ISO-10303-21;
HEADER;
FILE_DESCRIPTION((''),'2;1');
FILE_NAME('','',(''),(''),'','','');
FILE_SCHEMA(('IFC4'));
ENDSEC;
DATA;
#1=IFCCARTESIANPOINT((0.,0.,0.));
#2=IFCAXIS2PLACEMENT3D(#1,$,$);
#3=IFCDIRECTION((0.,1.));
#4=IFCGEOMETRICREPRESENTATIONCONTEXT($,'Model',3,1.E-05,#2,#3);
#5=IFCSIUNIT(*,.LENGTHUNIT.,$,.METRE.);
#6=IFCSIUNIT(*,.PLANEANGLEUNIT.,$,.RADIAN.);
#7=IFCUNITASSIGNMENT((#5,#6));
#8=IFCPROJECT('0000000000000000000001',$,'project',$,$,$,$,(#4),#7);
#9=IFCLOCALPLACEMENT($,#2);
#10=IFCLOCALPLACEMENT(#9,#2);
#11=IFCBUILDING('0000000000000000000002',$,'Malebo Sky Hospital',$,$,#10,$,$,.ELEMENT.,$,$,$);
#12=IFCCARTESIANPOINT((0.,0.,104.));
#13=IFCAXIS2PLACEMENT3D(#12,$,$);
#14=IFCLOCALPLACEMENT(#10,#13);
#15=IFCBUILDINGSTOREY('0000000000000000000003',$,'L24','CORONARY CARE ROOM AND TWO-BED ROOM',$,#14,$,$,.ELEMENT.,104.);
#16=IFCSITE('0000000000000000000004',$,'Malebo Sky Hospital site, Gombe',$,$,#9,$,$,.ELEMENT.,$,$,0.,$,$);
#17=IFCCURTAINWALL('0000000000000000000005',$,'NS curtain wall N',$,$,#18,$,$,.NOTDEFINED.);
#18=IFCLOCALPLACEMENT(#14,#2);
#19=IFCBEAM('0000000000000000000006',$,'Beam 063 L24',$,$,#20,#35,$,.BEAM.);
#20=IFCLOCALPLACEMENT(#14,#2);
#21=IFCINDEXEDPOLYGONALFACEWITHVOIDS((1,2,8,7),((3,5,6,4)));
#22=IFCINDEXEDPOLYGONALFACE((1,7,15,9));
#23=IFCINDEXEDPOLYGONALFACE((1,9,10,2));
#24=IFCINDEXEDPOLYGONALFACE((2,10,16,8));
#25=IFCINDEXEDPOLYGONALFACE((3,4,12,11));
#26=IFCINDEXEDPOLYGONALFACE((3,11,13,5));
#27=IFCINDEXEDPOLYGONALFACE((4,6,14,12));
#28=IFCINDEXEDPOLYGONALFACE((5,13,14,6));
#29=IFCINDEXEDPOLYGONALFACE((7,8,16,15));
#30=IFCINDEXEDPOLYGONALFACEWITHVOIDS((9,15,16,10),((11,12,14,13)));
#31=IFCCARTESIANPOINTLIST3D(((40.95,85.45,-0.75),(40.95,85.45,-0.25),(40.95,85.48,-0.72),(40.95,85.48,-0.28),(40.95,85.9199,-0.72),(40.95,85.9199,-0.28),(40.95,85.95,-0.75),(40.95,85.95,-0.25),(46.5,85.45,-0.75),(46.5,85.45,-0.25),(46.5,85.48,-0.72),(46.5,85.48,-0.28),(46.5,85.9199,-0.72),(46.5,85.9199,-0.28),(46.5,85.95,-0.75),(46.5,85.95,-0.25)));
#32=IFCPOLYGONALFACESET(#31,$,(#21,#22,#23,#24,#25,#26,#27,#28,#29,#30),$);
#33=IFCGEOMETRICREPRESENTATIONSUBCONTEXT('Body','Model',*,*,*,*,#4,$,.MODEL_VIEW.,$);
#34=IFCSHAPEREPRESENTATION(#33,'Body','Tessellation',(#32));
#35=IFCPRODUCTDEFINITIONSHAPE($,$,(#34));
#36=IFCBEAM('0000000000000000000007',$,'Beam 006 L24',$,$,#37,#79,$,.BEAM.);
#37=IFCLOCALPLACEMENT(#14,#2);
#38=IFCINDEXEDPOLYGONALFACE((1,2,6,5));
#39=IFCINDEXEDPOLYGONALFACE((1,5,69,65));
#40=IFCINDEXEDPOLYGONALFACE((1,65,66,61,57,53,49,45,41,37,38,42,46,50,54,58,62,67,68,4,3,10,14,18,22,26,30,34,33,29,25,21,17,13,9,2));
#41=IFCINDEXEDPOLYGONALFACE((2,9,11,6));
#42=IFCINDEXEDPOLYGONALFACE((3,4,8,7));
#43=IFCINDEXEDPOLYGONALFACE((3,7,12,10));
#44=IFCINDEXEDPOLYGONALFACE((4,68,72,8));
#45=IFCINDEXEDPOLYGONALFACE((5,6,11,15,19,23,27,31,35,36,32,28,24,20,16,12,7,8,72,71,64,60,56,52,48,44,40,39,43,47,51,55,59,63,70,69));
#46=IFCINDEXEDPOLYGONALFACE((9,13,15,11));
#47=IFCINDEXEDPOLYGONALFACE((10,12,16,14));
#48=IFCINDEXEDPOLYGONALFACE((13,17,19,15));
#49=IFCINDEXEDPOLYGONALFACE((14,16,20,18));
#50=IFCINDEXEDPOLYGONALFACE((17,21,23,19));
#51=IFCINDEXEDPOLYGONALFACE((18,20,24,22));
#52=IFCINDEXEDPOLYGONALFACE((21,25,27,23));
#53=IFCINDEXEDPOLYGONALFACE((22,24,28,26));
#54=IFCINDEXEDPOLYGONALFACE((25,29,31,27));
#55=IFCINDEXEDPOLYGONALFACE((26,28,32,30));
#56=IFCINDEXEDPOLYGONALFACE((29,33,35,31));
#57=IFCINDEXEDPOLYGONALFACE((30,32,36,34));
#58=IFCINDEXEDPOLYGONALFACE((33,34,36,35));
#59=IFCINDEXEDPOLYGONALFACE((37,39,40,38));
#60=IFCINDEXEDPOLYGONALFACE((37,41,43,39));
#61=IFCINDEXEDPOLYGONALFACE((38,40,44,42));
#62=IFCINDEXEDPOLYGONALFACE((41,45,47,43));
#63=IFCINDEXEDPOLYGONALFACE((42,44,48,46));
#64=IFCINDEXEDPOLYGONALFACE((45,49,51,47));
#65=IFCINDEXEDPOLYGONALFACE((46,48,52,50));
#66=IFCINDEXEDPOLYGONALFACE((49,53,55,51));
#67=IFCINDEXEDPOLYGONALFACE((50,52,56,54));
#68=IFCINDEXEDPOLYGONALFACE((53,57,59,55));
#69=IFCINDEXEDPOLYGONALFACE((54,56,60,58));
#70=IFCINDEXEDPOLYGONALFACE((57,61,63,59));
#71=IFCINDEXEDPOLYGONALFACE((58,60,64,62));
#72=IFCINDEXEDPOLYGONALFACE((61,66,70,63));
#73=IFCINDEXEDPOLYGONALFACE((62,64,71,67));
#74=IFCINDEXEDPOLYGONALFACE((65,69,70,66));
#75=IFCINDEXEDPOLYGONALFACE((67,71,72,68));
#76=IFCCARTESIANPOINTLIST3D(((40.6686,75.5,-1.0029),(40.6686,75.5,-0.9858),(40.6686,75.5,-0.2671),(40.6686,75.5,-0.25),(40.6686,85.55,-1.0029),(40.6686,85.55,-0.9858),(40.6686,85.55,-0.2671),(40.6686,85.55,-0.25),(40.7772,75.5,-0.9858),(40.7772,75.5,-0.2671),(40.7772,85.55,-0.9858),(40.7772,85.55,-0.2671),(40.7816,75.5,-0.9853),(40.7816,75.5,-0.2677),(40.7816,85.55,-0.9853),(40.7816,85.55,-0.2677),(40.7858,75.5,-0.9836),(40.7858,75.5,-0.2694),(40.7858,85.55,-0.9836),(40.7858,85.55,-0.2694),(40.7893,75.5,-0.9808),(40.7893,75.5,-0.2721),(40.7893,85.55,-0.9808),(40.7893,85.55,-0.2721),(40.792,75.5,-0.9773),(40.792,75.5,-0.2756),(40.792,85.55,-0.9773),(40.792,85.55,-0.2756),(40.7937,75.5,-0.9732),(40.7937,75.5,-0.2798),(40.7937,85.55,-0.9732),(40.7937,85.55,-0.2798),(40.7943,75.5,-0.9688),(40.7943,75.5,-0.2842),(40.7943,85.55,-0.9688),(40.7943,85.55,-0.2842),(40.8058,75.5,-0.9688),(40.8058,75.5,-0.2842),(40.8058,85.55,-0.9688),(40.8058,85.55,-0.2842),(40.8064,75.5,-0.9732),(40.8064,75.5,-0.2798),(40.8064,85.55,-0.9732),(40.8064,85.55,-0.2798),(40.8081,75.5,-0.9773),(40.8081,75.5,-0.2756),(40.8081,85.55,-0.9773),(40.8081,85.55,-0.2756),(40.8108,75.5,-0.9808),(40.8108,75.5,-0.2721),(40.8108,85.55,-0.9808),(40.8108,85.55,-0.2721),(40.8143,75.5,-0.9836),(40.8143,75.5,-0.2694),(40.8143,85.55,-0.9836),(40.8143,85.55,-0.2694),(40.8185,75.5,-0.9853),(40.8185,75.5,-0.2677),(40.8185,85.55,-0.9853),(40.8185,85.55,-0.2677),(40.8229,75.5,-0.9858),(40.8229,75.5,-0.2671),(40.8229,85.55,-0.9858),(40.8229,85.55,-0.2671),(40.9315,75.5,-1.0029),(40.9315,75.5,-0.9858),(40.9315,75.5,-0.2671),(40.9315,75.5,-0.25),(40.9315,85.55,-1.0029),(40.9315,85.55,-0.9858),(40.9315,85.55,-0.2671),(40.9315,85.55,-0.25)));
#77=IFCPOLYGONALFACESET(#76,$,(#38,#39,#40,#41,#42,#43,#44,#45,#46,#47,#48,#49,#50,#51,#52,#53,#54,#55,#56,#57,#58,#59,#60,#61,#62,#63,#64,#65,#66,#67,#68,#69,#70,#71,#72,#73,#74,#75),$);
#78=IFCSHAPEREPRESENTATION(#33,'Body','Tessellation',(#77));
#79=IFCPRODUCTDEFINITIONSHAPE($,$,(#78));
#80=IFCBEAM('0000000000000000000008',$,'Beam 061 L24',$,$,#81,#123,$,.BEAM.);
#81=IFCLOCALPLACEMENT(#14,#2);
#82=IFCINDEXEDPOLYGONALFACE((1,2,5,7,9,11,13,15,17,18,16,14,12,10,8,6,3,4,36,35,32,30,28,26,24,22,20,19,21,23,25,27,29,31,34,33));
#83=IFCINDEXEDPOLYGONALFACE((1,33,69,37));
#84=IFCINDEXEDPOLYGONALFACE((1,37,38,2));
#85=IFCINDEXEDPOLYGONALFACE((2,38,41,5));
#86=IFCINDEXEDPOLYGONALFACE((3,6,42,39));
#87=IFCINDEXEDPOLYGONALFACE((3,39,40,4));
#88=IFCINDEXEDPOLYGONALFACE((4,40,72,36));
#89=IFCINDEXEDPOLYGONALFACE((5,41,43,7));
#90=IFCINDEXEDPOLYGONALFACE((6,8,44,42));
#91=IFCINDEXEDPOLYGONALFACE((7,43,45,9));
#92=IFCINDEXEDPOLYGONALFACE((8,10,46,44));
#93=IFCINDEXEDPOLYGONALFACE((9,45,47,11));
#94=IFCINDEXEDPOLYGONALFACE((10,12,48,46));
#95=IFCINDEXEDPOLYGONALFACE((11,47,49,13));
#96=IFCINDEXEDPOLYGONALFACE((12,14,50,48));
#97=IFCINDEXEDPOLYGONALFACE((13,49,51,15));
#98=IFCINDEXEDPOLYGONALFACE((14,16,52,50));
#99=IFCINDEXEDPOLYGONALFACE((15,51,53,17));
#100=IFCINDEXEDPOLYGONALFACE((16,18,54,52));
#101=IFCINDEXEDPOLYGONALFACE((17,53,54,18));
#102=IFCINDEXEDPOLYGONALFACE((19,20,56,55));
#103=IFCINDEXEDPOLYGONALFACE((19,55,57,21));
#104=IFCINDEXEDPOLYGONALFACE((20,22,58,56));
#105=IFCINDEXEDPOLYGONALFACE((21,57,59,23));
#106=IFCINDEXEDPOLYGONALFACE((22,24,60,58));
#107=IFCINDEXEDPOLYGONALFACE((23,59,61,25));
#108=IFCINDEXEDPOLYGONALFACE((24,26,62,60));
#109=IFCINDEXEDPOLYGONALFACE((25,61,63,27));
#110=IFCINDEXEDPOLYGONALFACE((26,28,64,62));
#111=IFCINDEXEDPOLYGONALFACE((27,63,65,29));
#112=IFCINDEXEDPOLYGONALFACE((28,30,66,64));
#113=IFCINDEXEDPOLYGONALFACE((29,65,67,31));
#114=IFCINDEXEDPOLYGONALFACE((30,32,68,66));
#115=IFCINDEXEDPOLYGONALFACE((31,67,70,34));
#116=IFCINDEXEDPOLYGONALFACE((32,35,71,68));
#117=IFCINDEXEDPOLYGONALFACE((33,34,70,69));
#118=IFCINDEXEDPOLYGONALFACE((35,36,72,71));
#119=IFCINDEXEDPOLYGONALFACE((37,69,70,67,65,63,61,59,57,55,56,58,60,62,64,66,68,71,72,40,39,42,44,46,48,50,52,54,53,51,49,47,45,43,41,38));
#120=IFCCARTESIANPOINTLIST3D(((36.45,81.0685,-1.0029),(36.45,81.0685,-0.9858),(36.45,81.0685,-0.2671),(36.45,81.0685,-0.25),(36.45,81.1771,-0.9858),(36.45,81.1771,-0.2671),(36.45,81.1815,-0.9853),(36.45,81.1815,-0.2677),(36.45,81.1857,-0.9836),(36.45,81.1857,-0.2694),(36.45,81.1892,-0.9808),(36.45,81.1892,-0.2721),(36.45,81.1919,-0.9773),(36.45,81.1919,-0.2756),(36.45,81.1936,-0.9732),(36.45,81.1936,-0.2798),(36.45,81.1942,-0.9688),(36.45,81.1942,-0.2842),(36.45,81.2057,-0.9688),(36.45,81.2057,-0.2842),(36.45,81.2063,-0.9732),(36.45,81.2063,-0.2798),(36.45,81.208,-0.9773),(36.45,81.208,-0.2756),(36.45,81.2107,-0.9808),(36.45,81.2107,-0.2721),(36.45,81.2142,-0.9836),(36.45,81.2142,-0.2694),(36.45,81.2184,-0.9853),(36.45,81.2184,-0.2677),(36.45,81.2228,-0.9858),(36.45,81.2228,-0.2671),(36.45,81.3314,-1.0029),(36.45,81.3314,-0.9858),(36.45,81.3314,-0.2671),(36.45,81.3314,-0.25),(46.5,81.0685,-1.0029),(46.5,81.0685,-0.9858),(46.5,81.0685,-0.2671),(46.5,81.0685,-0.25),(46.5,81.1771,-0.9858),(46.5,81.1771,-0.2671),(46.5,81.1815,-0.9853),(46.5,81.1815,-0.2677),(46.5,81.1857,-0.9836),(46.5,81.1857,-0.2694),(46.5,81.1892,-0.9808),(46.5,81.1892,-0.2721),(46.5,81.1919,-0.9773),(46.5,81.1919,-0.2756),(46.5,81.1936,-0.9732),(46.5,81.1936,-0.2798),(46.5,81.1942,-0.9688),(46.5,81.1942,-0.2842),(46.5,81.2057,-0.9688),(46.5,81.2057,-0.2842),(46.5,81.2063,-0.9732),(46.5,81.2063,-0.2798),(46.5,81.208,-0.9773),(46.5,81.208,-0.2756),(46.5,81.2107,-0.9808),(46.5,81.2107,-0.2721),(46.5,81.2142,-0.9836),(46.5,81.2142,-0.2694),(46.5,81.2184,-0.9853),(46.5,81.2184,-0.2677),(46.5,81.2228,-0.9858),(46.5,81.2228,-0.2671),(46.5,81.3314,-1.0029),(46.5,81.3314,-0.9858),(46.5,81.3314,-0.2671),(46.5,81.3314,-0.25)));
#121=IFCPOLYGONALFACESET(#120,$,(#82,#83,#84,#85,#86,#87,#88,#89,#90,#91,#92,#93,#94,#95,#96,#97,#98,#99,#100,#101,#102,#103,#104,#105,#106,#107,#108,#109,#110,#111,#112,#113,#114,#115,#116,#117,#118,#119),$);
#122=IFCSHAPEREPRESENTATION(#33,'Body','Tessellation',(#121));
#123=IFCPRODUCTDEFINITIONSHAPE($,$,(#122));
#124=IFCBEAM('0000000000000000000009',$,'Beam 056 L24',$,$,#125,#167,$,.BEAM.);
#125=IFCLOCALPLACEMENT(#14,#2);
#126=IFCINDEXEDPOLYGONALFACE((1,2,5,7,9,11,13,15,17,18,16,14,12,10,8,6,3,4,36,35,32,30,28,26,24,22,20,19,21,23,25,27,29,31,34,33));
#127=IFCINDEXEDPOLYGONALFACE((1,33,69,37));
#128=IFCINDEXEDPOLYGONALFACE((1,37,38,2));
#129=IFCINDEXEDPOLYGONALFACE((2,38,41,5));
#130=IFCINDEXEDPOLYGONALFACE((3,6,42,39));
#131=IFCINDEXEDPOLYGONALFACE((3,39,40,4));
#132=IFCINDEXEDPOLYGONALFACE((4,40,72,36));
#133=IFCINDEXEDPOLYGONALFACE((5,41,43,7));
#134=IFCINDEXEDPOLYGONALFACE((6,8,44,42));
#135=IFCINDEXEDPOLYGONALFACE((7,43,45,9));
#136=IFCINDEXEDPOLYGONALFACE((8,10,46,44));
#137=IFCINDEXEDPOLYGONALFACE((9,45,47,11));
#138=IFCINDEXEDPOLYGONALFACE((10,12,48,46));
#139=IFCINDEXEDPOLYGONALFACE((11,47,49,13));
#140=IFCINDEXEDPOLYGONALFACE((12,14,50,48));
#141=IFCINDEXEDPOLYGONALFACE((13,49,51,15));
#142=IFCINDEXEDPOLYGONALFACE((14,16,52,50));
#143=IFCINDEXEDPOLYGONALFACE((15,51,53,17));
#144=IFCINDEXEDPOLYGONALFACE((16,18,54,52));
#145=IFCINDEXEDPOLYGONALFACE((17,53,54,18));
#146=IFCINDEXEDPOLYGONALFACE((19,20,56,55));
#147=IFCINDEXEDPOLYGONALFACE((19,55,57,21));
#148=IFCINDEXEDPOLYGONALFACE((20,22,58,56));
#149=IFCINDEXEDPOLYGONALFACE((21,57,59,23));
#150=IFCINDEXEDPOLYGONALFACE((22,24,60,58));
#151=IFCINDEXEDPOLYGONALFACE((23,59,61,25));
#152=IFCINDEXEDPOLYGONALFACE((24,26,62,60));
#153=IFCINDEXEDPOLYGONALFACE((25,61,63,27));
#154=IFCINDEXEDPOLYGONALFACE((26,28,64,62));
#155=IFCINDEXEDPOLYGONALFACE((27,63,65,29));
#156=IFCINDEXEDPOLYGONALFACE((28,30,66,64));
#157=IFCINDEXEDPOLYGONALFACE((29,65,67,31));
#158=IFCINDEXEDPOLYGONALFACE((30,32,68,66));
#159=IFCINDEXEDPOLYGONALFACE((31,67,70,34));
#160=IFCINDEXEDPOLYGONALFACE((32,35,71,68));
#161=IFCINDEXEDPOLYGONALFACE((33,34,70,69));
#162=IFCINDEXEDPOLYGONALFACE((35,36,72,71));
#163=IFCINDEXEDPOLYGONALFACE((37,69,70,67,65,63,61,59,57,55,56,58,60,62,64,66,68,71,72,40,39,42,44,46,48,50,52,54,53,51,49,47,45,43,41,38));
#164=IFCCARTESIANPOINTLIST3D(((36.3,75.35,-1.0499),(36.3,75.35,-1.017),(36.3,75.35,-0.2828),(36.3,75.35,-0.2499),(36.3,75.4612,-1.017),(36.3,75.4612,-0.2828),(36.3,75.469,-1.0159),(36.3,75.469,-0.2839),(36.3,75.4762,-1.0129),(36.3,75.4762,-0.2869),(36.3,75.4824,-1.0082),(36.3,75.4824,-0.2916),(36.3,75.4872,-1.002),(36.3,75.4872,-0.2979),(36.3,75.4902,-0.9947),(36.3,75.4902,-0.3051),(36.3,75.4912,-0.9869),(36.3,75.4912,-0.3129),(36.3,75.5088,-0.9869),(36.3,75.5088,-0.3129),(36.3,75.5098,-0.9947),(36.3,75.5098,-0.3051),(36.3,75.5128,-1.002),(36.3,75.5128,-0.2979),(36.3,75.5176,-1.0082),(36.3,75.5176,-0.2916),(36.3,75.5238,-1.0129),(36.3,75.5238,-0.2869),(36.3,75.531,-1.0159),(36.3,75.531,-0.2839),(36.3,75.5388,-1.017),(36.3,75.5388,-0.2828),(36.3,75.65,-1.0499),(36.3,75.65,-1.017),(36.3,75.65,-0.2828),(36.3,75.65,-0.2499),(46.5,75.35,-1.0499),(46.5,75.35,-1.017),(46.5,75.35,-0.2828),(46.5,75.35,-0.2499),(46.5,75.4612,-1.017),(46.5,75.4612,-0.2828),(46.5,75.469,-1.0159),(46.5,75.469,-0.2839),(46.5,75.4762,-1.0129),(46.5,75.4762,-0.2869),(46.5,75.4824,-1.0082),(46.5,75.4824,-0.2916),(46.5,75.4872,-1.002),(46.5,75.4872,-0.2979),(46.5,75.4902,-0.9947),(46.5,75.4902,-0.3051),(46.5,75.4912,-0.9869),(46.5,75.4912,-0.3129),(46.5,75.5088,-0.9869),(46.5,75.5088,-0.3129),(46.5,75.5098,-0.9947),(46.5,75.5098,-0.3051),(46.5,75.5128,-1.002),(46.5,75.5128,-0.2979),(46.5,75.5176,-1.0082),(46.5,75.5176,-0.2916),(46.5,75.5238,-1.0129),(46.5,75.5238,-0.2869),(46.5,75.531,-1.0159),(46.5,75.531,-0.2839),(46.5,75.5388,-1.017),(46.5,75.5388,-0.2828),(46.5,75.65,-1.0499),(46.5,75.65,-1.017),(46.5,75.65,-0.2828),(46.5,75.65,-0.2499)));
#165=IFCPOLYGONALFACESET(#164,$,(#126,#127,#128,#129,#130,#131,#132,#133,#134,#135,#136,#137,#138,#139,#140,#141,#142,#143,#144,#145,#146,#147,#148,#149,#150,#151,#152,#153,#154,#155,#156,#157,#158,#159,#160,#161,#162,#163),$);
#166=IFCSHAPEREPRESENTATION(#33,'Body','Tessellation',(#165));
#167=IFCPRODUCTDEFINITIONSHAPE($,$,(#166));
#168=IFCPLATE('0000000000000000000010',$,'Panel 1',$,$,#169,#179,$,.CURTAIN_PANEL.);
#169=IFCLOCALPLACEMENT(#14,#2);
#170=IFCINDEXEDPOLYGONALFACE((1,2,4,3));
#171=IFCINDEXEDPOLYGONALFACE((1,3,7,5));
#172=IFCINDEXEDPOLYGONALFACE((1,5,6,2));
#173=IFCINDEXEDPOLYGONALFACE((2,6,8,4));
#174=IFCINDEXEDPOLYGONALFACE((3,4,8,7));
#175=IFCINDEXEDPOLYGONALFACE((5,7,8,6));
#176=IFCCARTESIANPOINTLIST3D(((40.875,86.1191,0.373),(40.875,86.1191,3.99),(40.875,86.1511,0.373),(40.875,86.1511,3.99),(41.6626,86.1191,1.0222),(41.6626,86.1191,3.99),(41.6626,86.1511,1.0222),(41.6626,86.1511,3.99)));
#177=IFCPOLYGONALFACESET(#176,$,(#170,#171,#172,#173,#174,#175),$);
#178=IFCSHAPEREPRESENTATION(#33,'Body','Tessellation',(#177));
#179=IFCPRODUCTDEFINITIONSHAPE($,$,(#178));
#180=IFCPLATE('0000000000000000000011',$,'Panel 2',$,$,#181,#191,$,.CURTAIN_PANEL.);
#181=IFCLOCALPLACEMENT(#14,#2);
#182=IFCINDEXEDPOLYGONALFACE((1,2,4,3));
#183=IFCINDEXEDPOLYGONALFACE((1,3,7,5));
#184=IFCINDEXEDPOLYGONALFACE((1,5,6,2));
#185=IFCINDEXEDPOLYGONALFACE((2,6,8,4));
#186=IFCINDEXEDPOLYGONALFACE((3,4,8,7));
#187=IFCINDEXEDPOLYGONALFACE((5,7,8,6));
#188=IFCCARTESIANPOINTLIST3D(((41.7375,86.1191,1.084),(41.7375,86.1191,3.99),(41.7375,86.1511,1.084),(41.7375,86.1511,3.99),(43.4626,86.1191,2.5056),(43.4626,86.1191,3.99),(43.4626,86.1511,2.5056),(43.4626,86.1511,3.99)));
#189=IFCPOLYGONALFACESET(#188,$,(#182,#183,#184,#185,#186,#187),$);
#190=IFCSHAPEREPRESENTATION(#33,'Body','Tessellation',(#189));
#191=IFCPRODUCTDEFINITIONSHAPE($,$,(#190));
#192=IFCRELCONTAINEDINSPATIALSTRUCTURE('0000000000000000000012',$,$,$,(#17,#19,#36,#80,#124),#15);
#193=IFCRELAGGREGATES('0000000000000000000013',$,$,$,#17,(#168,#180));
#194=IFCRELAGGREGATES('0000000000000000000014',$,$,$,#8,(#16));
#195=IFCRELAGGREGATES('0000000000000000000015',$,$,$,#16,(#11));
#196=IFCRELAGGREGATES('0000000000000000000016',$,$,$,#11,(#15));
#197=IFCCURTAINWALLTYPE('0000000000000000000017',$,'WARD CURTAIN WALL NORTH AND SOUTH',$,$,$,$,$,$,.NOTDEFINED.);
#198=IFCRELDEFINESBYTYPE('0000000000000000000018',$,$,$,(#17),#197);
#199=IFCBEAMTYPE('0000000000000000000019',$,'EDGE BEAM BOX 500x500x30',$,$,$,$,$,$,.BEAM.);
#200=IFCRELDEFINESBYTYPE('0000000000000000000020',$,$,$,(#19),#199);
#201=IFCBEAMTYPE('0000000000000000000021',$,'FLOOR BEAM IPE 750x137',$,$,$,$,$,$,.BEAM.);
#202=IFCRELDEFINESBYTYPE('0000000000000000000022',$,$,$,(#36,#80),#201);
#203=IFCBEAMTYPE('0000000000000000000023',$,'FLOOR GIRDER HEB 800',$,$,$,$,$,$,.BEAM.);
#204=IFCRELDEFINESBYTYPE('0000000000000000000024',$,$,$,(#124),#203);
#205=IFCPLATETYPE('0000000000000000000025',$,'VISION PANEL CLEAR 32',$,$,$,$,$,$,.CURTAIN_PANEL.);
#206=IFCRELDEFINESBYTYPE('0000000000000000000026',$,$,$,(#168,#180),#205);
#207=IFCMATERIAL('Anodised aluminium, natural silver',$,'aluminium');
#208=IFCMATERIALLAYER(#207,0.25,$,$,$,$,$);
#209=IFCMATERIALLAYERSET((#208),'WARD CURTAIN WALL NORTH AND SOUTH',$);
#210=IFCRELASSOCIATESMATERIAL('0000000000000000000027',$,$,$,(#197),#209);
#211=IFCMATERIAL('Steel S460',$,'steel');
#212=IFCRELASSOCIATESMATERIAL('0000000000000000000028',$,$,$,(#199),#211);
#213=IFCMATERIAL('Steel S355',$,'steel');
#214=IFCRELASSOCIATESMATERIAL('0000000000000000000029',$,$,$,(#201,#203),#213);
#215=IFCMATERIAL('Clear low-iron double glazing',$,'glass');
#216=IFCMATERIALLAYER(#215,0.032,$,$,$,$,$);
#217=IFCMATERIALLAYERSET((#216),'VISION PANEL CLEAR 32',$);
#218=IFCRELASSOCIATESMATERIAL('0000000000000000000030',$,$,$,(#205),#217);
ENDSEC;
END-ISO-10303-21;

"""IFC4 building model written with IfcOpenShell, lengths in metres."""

from ifc_helpers import new_model, si_unit, direction, frame, origin, origin_2d, place, context, subcontext, project, spatial, polyline, hollow_rectangle, i_section, outline, extrude, material, layer, layer_set, material_profile, profile_set, type_object, element, aggregate, save


model = new_model("IFC4")

# Units and contexts
model_context = context("Model", 3, precision=1e-05, world=origin(), true_north=direction((0.0, 1.0)))
body_context = subcontext(model_context, "Body", "Model", "MODEL_VIEW")
ifc_project = project(units=[si_unit("LENGTHUNIT", "METRE"), si_unit("PLANEANGLEUNIT", "RADIAN")], contexts=[model_context])

# Site, building, storey
site_placement = place(None, origin())
site = spatial("IfcSite", under=ifc_project, at=site_placement, Name="Malebo Sky Hospital site, Gombe", CompositionType="ELEMENT", RefElevation=0.0)
building_placement = place(site_placement, origin())
building = spatial("IfcBuilding", under=site, at=building_placement, Name="Malebo Sky Hospital", CompositionType="ELEMENT")
storey_placement = place(building_placement, frame((0.0, 0.0, 104.0)))
storey = spatial("IfcBuildingStorey", under=building, at=storey_placement, Name="L24", Description="CORONARY CARE ROOM AND TWO-BED ROOM", CompositionType="ELEMENT", Elevation=104.0)

# Shared definitions
ifc_material_1 = material(Name="Steel S460", Category="steel")

# Curtain wall
ifc_material_2 = material(Name="Anodised aluminium, natural silver", Category="aluminium")
ifc_layer_1 = layer(ifc_material_2, 0.25)
ifc_layer_set_1 = layer_set([ifc_layer_1], Name="WARD CURTAIN WALL NORTH AND SOUTH")
curtain_wall_type_1 = type_object("IfcCurtainWallType", Name="WARD CURTAIN WALL NORTH AND SOUTH", PredefinedType="NOTDEFINED", material=ifc_layer_set_1)
curtain_wall_1_placement = place(storey_placement, origin())
curtain_wall_1 = element("IfcCurtainWall", 1, at=curtain_wall_1_placement, inside=storey, type_object=curtain_wall_type_1, Name="NS curtain wall N", PredefinedType="NOTDEFINED")

# Beams
ifc_material_profile_1 = material_profile(ifc_material_1, hollow_rectangle(XDim=0.5, YDim=0.5, WallThickness=0.03, at=origin_2d()), Name="BOX 500x500x30")
ifc_profile_set_1 = profile_set([ifc_material_profile_1], Name="Steel S460")
beam_type_1 = type_object("IfcBeamType", Name="EDGE BEAM BOX 500x500x30", PredefinedType="BEAM", material=ifc_profile_set_1)
beam_1_placement = place(storey_placement, frame((40.95, 85.7, -0.5), z_axis=(1.0, 0.0, 0.0), x_axis=(0.0, 1.0, 0.0)))
element("IfcBeam", 2, at=beam_1_placement, inside=storey, type_object=beam_type_1, Name="Beam 063 L24", PredefinedType="BEAM", context=body_context, shape_type="SweptSolid", body=[
    extrude(hollow_rectangle(XDim=0.5, YDim=0.5, WallThickness=0.03, at=origin_2d()), origin(), (0.0, 0.0, 1.0), 5.55),
])
ifc_material_3 = material(Name="Steel S355", Category="steel")
ifc_material_profile_2 = material_profile(ifc_material_3, i_section(OverallWidth=0.2629, OverallDepth=0.7529, WebThickness=0.0115, FlangeThickness=0.0171, FilletRadius=0.0171, at=origin_2d()), Name="IPE 750x137")
ifc_profile_set_2 = profile_set([ifc_material_profile_2], Name="Steel S355")
beam_type_2 = type_object("IfcBeamType", Name="FLOOR BEAM IPE 750x137", PredefinedType="BEAM", material=ifc_profile_set_2)
for number, where, z_axis, x_axis, name in (
    (3, (40.8, 75.5, -0.6265), (0.0, 1.0, 0.0), (-1.0, 0.0, 0.0), "Beam 006 L24"),
    (4, (36.45, 81.2, -0.6265), (1.0, 0.0, 0.0), (0.0, 1.0, 0.0), "Beam 061 L24"),
):
    element("IfcBeam", number, at=place(storey_placement, frame(where, z_axis=z_axis, x_axis=x_axis)), inside=storey, type_object=beam_type_2, Name=name, PredefinedType="BEAM", context=body_context, shape_type="SweptSolid", body=[
        extrude(i_section(OverallWidth=0.2629, OverallDepth=0.7529, WebThickness=0.0115, FlangeThickness=0.0171, FilletRadius=0.0171, at=origin_2d()), origin(), (0.0, 0.0, 1.0), 10.05),
    ])
ifc_material_profile_3 = material_profile(ifc_material_3, i_section(OverallWidth=0.3, OverallDepth=0.8, WebThickness=0.0176, FlangeThickness=0.033, FilletRadius=0.03, at=origin_2d()), Name="HEB 800")
ifc_profile_set_3 = profile_set([ifc_material_profile_3], Name="Steel S355")
beam_type_3 = type_object("IfcBeamType", Name="FLOOR GIRDER HEB 800", PredefinedType="BEAM", material=ifc_profile_set_3)
beam_2_placement = place(storey_placement, frame((36.3, 75.5, -0.6499), z_axis=(1.0, 0.0, 0.0), x_axis=(0.0, 1.0, 0.0)))
element("IfcBeam", 5, at=beam_2_placement, inside=storey, type_object=beam_type_3, Name="Beam 056 L24", PredefinedType="BEAM", context=body_context, shape_type="SweptSolid", body=[
    extrude(i_section(OverallWidth=0.3, OverallDepth=0.8, WebThickness=0.0176, FlangeThickness=0.033, FilletRadius=0.03, at=origin_2d()), origin(), (0.0, 0.0, 1.0), 10.2),
])

# Plates
ifc_material_4 = material(Name="Clear low-iron double glazing", Category="glass")
ifc_layer_2 = layer(ifc_material_4, 0.032)
ifc_layer_set_2 = layer_set([ifc_layer_2], Name="VISION PANEL CLEAR 32")
plate_type = type_object("IfcPlateType", Name="VISION PANEL CLEAR 32", PredefinedType="CURTAIN_PANEL", material=ifc_layer_set_2)
plate_1_placement = place(storey_placement, frame((41.2688, 86.135, 0.373), z_axis=(0.0, 0.0, 1.0), x_axis=(1.0, 0.0, 0.0)))
plate_1 = element("IfcPlate", 6, at=plate_1_placement, type_object=plate_type, Name="Panel 1", PredefinedType="CURTAIN_PANEL", context=body_context, shape_type="SweptSolid", body=[
    extrude(outline(polyline([(-0.3938, 0.0), (0.3938, 0.6492), (0.3938, 3.6169), (-0.3938, 3.6169), (-0.3938, 0.0)])), frame((0.0, 0.0161, 0.0), z_axis=(0.0, -1.0, 0.0), x_axis=(1.0, 0.0, 0.0)), (0.0, 0.0, 1.0), 0.032),
])
plate_2_placement = place(storey_placement, frame((42.6001, 86.135, 1.084), z_axis=(0.0, 0.0, 1.0), x_axis=(1.0, 0.0, 0.0)))
plate_2 = element("IfcPlate", 7, at=plate_2_placement, type_object=plate_type, Name="Panel 2", PredefinedType="CURTAIN_PANEL", context=body_context, shape_type="SweptSolid", body=[
    extrude(outline(polyline([(-0.8625, 0.0), (0.8625, 1.4216), (0.8625, 2.906), (-0.8625, 2.906), (-0.8625, 0.0)])), frame((0.0, 0.0161, 0.0), z_axis=(0.0, -1.0, 0.0), x_axis=(1.0, 0.0, 0.0)), (0.0, 0.0, 1.0), 0.032),
])
aggregate(curtain_wall_1, [plate_1, plate_2])

save(model, "model.ifc")
